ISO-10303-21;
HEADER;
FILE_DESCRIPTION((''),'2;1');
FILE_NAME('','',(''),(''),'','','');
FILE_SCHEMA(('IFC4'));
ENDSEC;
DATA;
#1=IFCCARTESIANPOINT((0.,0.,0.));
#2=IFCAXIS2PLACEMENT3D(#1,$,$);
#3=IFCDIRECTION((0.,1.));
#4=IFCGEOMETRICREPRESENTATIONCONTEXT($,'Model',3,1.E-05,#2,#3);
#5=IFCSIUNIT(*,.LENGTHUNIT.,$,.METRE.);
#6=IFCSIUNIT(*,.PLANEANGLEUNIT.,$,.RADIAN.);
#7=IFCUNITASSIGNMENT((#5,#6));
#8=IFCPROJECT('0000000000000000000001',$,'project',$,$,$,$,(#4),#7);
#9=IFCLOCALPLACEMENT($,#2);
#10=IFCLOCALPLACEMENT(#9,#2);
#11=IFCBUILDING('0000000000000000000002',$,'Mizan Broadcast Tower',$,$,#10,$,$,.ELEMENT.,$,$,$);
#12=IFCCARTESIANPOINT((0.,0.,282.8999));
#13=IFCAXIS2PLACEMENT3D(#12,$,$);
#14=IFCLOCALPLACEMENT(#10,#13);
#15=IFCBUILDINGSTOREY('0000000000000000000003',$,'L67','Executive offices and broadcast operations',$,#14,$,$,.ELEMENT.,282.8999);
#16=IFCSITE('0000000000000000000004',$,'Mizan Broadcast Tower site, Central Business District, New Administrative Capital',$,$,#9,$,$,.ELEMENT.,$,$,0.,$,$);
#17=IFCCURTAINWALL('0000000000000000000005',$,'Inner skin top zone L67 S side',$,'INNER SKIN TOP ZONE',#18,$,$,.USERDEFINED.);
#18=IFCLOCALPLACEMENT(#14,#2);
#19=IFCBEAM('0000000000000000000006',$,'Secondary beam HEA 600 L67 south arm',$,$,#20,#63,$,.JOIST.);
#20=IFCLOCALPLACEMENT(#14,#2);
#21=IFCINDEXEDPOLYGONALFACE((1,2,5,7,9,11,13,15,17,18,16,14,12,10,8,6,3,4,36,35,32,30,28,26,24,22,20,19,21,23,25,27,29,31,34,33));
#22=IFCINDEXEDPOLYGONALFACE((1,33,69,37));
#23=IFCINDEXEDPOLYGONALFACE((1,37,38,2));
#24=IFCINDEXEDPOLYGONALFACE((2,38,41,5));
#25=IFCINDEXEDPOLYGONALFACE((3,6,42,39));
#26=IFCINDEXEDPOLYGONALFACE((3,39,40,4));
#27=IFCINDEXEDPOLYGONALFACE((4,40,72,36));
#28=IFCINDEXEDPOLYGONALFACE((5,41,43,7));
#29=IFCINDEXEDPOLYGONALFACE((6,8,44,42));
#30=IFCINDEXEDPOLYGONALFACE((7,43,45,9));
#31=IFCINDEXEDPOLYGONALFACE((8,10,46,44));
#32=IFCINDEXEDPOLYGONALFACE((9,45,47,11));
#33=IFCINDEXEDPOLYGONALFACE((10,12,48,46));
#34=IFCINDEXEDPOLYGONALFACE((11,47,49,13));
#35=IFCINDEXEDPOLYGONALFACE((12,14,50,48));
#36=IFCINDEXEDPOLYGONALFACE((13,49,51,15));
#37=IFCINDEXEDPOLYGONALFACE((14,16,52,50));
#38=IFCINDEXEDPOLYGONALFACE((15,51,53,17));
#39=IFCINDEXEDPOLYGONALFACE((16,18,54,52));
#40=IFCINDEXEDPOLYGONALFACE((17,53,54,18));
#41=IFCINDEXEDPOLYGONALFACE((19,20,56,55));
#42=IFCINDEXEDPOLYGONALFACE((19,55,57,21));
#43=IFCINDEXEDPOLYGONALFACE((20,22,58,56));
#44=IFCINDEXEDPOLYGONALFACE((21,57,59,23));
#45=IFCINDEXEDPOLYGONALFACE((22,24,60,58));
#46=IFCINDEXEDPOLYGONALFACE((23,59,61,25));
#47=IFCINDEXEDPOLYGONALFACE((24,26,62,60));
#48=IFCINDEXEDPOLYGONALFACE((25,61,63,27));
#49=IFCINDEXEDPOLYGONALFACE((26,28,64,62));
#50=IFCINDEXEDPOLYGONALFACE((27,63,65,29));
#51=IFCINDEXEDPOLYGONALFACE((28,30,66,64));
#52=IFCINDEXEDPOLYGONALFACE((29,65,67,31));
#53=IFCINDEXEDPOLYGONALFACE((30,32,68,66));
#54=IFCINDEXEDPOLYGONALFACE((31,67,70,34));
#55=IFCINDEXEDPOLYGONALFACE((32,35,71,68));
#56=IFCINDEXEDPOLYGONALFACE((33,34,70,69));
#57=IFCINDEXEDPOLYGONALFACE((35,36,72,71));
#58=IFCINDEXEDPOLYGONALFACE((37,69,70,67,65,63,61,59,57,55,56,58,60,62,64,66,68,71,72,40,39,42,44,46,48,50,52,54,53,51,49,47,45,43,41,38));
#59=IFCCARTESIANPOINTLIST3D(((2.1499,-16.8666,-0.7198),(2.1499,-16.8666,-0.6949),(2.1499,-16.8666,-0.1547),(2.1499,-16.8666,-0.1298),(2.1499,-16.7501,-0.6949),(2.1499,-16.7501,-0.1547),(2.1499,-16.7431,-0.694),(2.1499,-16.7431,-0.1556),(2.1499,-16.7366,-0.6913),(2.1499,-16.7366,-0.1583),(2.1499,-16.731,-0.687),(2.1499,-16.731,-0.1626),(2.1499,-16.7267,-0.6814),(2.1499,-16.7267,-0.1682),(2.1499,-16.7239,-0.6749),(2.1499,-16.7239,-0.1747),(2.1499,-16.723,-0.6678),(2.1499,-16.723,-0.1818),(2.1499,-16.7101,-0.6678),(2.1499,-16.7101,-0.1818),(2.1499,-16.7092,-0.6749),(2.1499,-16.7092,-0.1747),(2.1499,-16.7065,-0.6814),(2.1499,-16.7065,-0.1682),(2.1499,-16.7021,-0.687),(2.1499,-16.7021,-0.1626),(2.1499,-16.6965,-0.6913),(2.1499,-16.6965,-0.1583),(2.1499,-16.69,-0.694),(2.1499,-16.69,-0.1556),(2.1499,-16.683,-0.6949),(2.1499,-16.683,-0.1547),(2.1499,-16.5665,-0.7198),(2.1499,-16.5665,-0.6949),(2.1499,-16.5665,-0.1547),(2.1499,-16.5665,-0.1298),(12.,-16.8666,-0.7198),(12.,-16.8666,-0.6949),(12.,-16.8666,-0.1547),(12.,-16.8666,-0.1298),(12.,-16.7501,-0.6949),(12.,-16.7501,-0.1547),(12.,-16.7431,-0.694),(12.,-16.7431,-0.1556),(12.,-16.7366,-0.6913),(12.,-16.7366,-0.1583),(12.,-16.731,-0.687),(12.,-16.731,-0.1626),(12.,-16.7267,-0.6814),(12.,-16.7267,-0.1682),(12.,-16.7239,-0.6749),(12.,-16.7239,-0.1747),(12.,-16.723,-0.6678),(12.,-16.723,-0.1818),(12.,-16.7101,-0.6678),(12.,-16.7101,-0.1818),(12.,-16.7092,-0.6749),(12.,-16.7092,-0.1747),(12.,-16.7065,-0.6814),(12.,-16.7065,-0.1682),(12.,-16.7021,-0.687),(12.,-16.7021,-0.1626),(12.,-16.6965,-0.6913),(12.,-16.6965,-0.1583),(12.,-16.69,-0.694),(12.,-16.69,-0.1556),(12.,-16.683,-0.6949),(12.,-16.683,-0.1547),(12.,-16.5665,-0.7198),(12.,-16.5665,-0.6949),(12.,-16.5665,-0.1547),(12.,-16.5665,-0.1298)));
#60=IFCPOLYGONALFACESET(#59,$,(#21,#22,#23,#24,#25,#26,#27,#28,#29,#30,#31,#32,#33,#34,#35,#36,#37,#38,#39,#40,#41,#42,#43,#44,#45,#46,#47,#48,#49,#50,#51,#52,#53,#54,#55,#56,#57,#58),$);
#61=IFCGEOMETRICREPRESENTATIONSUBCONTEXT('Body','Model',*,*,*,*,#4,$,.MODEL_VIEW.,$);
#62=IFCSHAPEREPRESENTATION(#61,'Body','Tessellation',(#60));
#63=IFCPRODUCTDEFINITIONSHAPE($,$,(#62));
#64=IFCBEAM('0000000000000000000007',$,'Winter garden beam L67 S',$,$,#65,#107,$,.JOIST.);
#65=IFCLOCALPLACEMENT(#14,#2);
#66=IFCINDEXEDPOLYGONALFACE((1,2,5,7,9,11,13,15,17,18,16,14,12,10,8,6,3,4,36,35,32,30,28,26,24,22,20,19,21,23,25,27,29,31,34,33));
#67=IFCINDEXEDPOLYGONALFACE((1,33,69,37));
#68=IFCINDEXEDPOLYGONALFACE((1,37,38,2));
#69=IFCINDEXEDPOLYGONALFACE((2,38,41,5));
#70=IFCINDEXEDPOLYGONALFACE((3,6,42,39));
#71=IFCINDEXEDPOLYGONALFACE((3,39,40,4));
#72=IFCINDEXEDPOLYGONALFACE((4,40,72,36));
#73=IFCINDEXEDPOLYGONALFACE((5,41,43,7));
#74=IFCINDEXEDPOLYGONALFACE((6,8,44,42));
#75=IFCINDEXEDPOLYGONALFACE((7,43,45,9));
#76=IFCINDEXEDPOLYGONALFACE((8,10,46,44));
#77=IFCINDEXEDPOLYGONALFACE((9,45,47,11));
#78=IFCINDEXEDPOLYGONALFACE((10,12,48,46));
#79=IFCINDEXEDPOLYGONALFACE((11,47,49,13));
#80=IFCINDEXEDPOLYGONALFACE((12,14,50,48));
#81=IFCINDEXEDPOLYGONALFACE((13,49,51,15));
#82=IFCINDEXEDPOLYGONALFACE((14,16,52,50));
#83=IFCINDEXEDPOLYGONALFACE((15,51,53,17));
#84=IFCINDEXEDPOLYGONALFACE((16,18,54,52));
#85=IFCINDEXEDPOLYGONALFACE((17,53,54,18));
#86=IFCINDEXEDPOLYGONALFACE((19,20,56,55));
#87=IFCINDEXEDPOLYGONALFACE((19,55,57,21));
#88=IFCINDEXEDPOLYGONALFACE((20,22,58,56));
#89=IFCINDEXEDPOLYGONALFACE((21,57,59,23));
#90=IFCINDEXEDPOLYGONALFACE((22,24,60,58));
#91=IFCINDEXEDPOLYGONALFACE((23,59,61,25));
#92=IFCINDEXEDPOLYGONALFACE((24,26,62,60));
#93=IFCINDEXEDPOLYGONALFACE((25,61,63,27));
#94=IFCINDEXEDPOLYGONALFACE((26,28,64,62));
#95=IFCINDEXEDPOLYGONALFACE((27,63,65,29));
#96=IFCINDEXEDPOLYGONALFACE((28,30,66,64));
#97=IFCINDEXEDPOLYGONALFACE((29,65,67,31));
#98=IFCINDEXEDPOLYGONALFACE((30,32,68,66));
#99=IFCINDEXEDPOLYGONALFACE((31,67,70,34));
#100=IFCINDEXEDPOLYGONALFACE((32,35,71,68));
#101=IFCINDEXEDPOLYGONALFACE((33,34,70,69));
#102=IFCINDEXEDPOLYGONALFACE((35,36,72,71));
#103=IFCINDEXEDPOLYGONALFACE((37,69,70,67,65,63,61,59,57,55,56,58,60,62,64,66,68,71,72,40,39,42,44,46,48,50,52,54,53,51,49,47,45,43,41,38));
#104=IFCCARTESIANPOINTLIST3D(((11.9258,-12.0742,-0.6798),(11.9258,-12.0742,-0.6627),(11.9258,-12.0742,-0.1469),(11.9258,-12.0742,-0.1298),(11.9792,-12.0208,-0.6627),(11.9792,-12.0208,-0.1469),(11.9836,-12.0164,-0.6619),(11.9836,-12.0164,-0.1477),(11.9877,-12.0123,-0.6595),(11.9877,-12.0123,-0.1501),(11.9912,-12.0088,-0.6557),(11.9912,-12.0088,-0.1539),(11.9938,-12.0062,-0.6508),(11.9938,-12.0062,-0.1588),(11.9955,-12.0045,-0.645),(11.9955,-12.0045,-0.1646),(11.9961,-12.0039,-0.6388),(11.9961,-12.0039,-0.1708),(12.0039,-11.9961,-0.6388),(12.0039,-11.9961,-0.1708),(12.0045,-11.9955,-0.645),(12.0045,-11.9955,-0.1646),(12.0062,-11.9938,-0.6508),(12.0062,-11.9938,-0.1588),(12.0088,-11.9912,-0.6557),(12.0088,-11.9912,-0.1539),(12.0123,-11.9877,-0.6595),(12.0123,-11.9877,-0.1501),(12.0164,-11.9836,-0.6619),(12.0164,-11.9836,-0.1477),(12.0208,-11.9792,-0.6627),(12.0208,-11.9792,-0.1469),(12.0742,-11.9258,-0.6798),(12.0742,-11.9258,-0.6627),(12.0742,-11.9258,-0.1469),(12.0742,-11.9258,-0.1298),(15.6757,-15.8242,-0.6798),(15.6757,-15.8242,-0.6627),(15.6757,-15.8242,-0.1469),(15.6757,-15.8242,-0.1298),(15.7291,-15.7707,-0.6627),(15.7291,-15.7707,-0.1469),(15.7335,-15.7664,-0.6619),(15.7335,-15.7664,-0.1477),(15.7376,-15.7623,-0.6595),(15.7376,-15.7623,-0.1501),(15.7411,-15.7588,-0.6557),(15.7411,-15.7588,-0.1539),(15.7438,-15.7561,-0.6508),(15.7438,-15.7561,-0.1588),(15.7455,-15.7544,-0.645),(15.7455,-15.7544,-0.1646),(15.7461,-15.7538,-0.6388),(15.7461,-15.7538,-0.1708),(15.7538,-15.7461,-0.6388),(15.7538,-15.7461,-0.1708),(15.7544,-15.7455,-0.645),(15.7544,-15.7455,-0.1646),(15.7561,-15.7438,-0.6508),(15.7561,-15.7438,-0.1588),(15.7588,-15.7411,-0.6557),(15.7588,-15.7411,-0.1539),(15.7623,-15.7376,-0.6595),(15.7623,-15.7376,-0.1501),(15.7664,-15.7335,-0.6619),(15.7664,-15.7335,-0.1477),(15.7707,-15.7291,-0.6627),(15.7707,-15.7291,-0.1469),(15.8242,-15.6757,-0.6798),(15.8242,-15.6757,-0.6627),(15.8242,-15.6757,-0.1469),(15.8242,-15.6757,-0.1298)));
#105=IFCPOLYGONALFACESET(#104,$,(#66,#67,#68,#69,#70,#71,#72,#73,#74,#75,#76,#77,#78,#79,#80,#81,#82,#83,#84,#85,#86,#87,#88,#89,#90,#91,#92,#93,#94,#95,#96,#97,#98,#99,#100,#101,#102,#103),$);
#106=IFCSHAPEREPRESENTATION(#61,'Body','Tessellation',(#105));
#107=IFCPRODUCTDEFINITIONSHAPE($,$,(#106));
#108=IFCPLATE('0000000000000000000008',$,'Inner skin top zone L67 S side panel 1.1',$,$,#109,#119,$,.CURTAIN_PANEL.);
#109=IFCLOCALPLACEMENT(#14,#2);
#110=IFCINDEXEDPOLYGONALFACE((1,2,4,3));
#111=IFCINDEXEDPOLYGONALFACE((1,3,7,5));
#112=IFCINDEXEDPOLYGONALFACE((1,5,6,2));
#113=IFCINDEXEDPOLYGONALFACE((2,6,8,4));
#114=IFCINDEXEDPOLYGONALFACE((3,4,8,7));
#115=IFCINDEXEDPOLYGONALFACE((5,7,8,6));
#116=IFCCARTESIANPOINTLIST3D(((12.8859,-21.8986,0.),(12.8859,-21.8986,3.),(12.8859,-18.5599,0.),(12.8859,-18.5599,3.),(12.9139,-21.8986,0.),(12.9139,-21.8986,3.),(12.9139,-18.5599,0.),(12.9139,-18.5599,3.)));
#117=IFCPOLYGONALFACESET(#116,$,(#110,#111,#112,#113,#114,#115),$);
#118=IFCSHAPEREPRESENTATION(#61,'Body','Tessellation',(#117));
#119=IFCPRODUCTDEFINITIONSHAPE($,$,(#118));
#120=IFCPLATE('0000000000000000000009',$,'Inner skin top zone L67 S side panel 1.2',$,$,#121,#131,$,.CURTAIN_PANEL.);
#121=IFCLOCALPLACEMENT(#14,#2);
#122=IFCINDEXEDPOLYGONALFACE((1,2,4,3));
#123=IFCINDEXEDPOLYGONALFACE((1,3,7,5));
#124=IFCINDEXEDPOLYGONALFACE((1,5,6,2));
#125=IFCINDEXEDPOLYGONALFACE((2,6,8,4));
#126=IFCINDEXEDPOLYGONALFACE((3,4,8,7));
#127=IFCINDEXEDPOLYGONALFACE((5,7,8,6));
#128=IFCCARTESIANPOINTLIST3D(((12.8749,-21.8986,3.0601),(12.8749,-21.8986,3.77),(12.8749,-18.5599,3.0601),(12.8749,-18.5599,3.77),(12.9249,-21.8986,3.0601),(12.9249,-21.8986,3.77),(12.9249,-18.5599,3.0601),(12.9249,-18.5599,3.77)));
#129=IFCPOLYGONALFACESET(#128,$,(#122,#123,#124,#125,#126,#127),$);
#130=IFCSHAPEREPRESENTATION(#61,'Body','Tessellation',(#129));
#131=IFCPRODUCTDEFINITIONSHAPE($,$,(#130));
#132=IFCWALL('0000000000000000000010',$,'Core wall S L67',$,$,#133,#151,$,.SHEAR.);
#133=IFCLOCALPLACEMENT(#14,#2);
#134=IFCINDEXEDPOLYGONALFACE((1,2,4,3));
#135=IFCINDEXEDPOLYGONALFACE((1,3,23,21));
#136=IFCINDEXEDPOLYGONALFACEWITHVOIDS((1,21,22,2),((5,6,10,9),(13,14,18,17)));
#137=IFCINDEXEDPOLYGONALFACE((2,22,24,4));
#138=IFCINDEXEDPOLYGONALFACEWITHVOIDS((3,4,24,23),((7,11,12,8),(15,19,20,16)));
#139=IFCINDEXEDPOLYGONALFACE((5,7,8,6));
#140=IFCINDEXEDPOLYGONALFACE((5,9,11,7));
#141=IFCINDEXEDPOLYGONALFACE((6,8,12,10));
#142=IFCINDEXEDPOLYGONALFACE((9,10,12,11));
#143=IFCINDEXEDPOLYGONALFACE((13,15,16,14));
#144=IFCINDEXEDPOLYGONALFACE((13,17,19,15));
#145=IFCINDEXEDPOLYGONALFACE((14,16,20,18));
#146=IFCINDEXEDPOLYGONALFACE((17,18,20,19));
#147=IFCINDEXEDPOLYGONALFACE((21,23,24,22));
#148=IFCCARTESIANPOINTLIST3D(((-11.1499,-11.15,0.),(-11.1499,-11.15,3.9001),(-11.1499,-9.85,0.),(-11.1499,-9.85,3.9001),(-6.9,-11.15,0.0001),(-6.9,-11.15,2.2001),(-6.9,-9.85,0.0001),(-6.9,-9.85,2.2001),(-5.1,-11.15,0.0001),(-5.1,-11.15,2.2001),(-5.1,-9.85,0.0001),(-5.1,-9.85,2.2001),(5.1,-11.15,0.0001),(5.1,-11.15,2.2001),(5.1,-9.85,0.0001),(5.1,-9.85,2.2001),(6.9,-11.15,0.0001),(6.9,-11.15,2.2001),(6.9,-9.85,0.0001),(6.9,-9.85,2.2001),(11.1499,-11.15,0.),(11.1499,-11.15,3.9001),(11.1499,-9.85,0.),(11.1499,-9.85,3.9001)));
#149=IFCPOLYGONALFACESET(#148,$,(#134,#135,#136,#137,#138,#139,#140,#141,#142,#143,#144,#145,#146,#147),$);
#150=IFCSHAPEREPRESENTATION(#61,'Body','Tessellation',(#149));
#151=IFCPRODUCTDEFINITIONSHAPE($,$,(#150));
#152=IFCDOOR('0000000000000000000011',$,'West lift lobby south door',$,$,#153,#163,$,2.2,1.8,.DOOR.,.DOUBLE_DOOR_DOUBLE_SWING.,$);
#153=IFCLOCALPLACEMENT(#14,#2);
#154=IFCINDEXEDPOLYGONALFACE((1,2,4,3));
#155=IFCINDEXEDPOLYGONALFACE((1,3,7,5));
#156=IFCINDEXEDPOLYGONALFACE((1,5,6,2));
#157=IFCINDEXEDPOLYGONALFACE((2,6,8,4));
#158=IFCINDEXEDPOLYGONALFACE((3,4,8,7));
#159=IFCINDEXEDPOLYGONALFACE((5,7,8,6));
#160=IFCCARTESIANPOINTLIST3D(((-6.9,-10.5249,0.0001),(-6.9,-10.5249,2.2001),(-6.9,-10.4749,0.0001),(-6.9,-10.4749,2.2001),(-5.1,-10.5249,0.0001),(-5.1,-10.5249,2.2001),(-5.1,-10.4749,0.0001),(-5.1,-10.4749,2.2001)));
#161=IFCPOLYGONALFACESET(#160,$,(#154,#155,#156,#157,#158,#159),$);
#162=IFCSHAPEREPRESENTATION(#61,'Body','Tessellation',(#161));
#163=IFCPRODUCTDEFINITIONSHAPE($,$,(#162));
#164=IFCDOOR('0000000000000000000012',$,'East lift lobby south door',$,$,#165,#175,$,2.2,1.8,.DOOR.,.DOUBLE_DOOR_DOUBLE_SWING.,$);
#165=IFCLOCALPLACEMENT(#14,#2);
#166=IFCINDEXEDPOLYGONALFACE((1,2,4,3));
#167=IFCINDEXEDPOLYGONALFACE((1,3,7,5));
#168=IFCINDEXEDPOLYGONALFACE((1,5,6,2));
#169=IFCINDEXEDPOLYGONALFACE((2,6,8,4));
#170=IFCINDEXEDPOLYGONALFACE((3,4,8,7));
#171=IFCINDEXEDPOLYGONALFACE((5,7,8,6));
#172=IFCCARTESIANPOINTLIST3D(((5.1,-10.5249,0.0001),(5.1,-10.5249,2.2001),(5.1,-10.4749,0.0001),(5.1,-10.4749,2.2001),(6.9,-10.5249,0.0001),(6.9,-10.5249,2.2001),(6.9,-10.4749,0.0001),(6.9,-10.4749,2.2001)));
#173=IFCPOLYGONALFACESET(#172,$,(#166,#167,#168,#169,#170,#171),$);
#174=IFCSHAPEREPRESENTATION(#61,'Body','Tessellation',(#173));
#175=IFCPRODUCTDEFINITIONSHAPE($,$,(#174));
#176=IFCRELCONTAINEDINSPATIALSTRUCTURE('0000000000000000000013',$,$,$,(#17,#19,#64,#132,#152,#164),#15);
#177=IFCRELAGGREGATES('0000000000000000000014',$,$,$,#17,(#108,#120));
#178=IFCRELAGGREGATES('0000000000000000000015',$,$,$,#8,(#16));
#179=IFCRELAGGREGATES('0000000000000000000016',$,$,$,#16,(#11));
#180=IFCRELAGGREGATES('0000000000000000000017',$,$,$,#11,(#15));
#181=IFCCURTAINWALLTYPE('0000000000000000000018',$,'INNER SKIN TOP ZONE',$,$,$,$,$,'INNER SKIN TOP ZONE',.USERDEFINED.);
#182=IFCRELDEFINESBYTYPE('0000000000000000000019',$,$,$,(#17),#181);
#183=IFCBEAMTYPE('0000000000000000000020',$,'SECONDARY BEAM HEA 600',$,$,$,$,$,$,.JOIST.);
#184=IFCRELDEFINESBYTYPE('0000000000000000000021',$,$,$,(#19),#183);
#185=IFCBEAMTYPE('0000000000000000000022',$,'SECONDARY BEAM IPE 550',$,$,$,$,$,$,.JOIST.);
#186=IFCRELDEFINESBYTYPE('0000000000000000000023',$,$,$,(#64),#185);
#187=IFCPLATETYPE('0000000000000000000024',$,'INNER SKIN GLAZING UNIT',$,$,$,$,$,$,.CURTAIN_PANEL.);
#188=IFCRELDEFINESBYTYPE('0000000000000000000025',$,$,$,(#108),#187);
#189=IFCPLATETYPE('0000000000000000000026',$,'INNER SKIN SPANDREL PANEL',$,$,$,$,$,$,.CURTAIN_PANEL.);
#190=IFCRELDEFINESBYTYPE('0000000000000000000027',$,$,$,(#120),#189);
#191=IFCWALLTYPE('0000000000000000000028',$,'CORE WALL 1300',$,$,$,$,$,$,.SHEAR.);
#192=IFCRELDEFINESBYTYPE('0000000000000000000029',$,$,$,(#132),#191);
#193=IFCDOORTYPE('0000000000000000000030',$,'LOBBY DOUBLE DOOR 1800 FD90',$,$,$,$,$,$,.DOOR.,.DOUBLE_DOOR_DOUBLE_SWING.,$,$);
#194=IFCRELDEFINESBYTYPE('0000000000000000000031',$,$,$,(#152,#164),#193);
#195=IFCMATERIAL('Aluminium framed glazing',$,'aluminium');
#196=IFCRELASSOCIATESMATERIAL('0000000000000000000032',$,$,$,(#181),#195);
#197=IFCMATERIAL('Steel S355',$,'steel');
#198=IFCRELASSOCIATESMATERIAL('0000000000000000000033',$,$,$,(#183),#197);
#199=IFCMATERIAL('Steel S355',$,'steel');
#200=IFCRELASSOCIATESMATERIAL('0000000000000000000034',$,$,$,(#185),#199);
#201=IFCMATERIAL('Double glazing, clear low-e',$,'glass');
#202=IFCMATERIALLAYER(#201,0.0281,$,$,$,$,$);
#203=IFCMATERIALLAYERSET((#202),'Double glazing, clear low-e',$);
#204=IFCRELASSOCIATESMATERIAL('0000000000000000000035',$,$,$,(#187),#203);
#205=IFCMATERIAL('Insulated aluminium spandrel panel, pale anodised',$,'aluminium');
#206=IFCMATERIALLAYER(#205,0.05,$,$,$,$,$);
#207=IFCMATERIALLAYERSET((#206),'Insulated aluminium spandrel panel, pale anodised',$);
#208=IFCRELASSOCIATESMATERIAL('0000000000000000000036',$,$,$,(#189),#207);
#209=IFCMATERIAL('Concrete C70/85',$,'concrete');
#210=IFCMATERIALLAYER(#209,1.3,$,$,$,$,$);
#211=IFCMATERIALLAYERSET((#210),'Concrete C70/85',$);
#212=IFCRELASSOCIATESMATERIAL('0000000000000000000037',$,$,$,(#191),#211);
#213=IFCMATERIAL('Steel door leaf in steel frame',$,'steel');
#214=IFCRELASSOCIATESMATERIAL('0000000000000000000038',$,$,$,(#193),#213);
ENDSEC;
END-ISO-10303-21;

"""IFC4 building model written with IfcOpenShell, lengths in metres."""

from ifc_helpers import new_model, si_unit, direction, frame, frame_2d, origin, origin_2d, place, context, subcontext, project, spatial, rectangle, i_section, extrude, material, layer, layer_set, material_profile, profile_set, type_object, element, fill, aggregate, save


model = new_model("IFC4")

# Units and contexts
model_context = context("Model", 3, precision=1e-05, world=origin(), true_north=direction((0.0, 1.0)))
body_context = subcontext(model_context, "Body", "Model", "MODEL_VIEW")
ifc_project = project(units=[si_unit("LENGTHUNIT", "METRE"), si_unit("PLANEANGLEUNIT", "RADIAN")], contexts=[model_context])

# Site, building, storey
site_placement = place(None, origin())
site = spatial("IfcSite", under=ifc_project, at=site_placement, Name="Mizan Broadcast Tower site, Central Business District, New Administrative Capital", CompositionType="ELEMENT", RefElevation=0.0)
building_placement = place(site_placement, origin())
building = spatial("IfcBuilding", under=site, at=building_placement, Name="Mizan Broadcast Tower", CompositionType="ELEMENT")
storey_placement = place(building_placement, frame((0.0, 0.0, 282.8999)))
storey = spatial("IfcBuildingStorey", under=building, at=storey_placement, Name="L67", Description="Executive offices and broadcast operations", CompositionType="ELEMENT", Elevation=282.8999)

# Curtain wall
ifc_material_1 = material(Name="Aluminium framed glazing", Category="aluminium")
curtain_wall_type = type_object("IfcCurtainWallType", Name="INNER SKIN TOP ZONE", ElementType="INNER SKIN TOP ZONE", PredefinedType="USERDEFINED", material=ifc_material_1)
curtain_wall_placement = place(storey_placement, origin())
curtain_wall = element("IfcCurtainWall", 1, at=curtain_wall_placement, inside=storey, type_object=curtain_wall_type, Name="Inner skin top zone L67 S side", ObjectType="INNER SKIN TOP ZONE", PredefinedType="USERDEFINED")

# Beams
ifc_material_2 = material(Name="Steel S355", Category="steel")
ifc_material_profile_1 = material_profile(ifc_material_2, i_section(OverallWidth=0.3, OverallDepth=0.5901, WebThickness=0.0129, FlangeThickness=0.0249, FilletRadius=0.0271, at=origin_2d()), Name="HEA 600")
ifc_profile_set_1 = profile_set([ifc_material_profile_1], Name="Steel S355")
beam_type_1 = type_object("IfcBeamType", Name="SECONDARY BEAM HEA 600", PredefinedType="JOIST", material=ifc_profile_set_1)
for number, where, z_axis, x_axis, name in (
    (2, (12.0, -16.7166, -0.4248), (-1.0, 0.0, 0.0), (0.0, -1.0, 0.0), "Secondary beam HEA 600 L67 south arm"),
):
    element("IfcBeam", number, at=place(storey_placement, frame(where, z_axis=z_axis, x_axis=x_axis)), inside=storey, type_object=beam_type_1, Name=name, PredefinedType="JOIST", context=body_context, shape_type="SweptSolid", body=[
        extrude(i_section(OverallWidth=0.3, OverallDepth=0.5901, WebThickness=0.0129, FlangeThickness=0.0249, FilletRadius=0.0271, at=origin_2d()), origin(), (0.0, 0.0, 1.0), 9.8501),
    ])
ifc_material_3 = material(Name="Steel S355", Category="steel")
ifc_material_profile_2 = material_profile(ifc_material_3, i_section(OverallWidth=0.21, OverallDepth=0.55, WebThickness=0.011, FlangeThickness=0.0171, FilletRadius=0.0239, at=origin_2d()), Name="IPE 550")
ifc_profile_set_2 = profile_set([ifc_material_profile_2], Name="Steel S355")
beam_type_2 = type_object("IfcBeamType", Name="SECONDARY BEAM IPE 550", PredefinedType="JOIST", material=ifc_profile_set_2)
beam_1_placement = place(storey_placement, frame((12.0, -12.0, -0.4048), z_axis=(0.707107, -0.707107, 0.0), x_axis=(0.707107, 0.707107, 0.0)))
element("IfcBeam", 3, at=beam_1_placement, inside=storey, type_object=beam_type_2, Name="Winter garden beam L67 S", PredefinedType="JOIST", context=body_context, shape_type="SweptSolid", body=[
    extrude(i_section(OverallWidth=0.21, OverallDepth=0.55, WebThickness=0.011, FlangeThickness=0.0171, FilletRadius=0.0239, at=origin_2d()), origin(), (0.0, 0.0, 1.0), 5.3032),
])

# Plates
ifc_material_4 = material(Name="Double glazing, clear low-e", Category="glass")
ifc_layer_1 = layer(ifc_material_4, 0.0281)
ifc_layer_set_1 = layer_set([ifc_layer_1], Name="Double glazing, clear low-e")
plate_type_1 = type_object("IfcPlateType", Name="INNER SKIN GLAZING UNIT", PredefinedType="CURTAIN_PANEL", material=ifc_layer_set_1)
plate_1_placement = place(storey_placement, frame((12.8999, -20.2292, 0.0), z_axis=(0.0, 0.0, 1.0), x_axis=(0.0, 1.0, 0.0)))
plate_1 = element("IfcPlate", 4, at=plate_1_placement, type_object=plate_type_1, Name="Inner skin top zone L67 S side panel 1.1", PredefinedType="CURTAIN_PANEL", context=body_context, shape_type="SweptSolid", body=[
    extrude(rectangle(XDim=3.3386, YDim=0.0281, at=origin_2d()), origin(), (0.0, 0.0, 1.0), 3.0),
])
ifc_material_5 = material(Name="Insulated aluminium spandrel panel, pale anodised", Category="aluminium")
ifc_layer_2 = layer(ifc_material_5, 0.05)
ifc_layer_set_2 = layer_set([ifc_layer_2], Name="Insulated aluminium spandrel panel, pale anodised")
plate_type_2 = type_object("IfcPlateType", Name="INNER SKIN SPANDREL PANEL", PredefinedType="CURTAIN_PANEL", material=ifc_layer_set_2)
plate_2_placement = place(storey_placement, frame((12.8999, -20.2292, 3.0601), z_axis=(0.0, 0.0, 1.0), x_axis=(0.0, 1.0, 0.0)))
plate_2 = element("IfcPlate", 5, at=plate_2_placement, type_object=plate_type_2, Name="Inner skin top zone L67 S side panel 1.2", PredefinedType="CURTAIN_PANEL", context=body_context, shape_type="SweptSolid", body=[
    extrude(rectangle(XDim=3.3386, YDim=0.05, at=origin_2d()), origin(), (0.0, 0.0, 1.0), 0.71),
])
aggregate(curtain_wall, [plate_1, plate_2])

# Wall, openings, doors
ifc_material_6 = material(Name="Concrete C70/85", Category="concrete")
ifc_layer_3 = layer(ifc_material_6, 1.3)
ifc_layer_set_3 = layer_set([ifc_layer_3], Name="Concrete C70/85")
wall_type_1 = type_object("IfcWallType", Name="CORE WALL 1300", PredefinedType="SHEAR", material=ifc_layer_set_3)
wall_1_placement = place(storey_placement, frame((11.1499, -10.5, 0.0), z_axis=(0.0, 0.0, 1.0), x_axis=(-1.0, 0.0, 0.0)))
wall_1 = element("IfcWall", 6, at=wall_1_placement, inside=storey, type_object=wall_type_1, Name="Core wall S L67", PredefinedType="SHEAR", context=body_context, shape_type="SweptSolid", body=[
    extrude(rectangle(XDim=22.2998, YDim=1.3, at=frame_2d((11.1499, 0.0))), origin(), (0.0, 0.0, 1.0), 3.9001),
])
opening_1_placement = place(wall_1_placement, frame((16.25, 0.0, 0.0)))
opening_1 = element("IfcOpeningElement", 7, at=opening_1_placement, cuts=wall_1, PredefinedType="OPENING", context=body_context, shape_type="SweptSolid", body=[
    extrude(rectangle(XDim=1.8, YDim=2.2, at=frame_2d((0.8999, 1.1001))), frame((0.0, 0.6599, 0.0), z_axis=(0.0, -1.0, 0.0), x_axis=(1.0, 0.0, 0.0)), (0.0, 0.0, 1.0), 1.3201),
])
opening_2_placement = place(wall_1_placement, frame((4.25, 0.0, 0.0)))
opening_2 = element("IfcOpeningElement", 8, at=opening_2_placement, cuts=wall_1, PredefinedType="OPENING", context=body_context, shape_type="SweptSolid", body=[
    extrude(rectangle(XDim=1.8, YDim=2.2, at=frame_2d((0.8999, 1.1001))), frame((0.0, 0.6599, 0.0), z_axis=(0.0, -1.0, 0.0), x_axis=(1.0, 0.0, 0.0)), (0.0, 0.0, 1.0), 1.3201),
])
ifc_material_7 = material(Name="Steel door leaf in steel frame", Category="steel")
door_type_1 = type_object("IfcDoorType", Name="LOBBY DOUBLE DOOR 1800 FD90", OperationType="DOUBLE_DOOR_DOUBLE_SWING", PredefinedType="DOOR", material=ifc_material_7)
door_1_placement = place(opening_1_placement, origin())
door_1 = element("IfcDoor", 9, at=door_1_placement, inside=storey, type_object=door_type_1, Name="West lift lobby south door", OperationType="DOUBLE_DOOR_DOUBLE_SWING", OverallHeight=2.2, OverallWidth=1.8, PredefinedType="DOOR", context=body_context, shape_type="SweptSolid", body=[
    extrude(rectangle(XDim=1.8, YDim=2.2, at=frame_2d((0.8999, 1.1001))), frame((0.0, 0.0249, 0.0), z_axis=(0.0, -1.0, 0.0), x_axis=(1.0, 0.0, 0.0)), (0.0, 0.0, 1.0), 0.05),
])
fill(opening_1, door_1)
door_2_placement = place(opening_2_placement, origin())
door_2 = element("IfcDoor", 10, at=door_2_placement, inside=storey, type_object=door_type_1, Name="East lift lobby south door", OperationType="DOUBLE_DOOR_DOUBLE_SWING", OverallHeight=2.2, OverallWidth=1.8, PredefinedType="DOOR", context=body_context, shape_type="SweptSolid", body=[
    extrude(rectangle(XDim=1.8, YDim=2.2, at=frame_2d((0.8999, 1.1001))), frame((0.0, 0.0249, 0.0), z_axis=(0.0, -1.0, 0.0), x_axis=(1.0, 0.0, 0.0)), (0.0, 0.0, 1.0), 0.05),
])
fill(opening_2, door_2)

save(model, "model.ifc")
